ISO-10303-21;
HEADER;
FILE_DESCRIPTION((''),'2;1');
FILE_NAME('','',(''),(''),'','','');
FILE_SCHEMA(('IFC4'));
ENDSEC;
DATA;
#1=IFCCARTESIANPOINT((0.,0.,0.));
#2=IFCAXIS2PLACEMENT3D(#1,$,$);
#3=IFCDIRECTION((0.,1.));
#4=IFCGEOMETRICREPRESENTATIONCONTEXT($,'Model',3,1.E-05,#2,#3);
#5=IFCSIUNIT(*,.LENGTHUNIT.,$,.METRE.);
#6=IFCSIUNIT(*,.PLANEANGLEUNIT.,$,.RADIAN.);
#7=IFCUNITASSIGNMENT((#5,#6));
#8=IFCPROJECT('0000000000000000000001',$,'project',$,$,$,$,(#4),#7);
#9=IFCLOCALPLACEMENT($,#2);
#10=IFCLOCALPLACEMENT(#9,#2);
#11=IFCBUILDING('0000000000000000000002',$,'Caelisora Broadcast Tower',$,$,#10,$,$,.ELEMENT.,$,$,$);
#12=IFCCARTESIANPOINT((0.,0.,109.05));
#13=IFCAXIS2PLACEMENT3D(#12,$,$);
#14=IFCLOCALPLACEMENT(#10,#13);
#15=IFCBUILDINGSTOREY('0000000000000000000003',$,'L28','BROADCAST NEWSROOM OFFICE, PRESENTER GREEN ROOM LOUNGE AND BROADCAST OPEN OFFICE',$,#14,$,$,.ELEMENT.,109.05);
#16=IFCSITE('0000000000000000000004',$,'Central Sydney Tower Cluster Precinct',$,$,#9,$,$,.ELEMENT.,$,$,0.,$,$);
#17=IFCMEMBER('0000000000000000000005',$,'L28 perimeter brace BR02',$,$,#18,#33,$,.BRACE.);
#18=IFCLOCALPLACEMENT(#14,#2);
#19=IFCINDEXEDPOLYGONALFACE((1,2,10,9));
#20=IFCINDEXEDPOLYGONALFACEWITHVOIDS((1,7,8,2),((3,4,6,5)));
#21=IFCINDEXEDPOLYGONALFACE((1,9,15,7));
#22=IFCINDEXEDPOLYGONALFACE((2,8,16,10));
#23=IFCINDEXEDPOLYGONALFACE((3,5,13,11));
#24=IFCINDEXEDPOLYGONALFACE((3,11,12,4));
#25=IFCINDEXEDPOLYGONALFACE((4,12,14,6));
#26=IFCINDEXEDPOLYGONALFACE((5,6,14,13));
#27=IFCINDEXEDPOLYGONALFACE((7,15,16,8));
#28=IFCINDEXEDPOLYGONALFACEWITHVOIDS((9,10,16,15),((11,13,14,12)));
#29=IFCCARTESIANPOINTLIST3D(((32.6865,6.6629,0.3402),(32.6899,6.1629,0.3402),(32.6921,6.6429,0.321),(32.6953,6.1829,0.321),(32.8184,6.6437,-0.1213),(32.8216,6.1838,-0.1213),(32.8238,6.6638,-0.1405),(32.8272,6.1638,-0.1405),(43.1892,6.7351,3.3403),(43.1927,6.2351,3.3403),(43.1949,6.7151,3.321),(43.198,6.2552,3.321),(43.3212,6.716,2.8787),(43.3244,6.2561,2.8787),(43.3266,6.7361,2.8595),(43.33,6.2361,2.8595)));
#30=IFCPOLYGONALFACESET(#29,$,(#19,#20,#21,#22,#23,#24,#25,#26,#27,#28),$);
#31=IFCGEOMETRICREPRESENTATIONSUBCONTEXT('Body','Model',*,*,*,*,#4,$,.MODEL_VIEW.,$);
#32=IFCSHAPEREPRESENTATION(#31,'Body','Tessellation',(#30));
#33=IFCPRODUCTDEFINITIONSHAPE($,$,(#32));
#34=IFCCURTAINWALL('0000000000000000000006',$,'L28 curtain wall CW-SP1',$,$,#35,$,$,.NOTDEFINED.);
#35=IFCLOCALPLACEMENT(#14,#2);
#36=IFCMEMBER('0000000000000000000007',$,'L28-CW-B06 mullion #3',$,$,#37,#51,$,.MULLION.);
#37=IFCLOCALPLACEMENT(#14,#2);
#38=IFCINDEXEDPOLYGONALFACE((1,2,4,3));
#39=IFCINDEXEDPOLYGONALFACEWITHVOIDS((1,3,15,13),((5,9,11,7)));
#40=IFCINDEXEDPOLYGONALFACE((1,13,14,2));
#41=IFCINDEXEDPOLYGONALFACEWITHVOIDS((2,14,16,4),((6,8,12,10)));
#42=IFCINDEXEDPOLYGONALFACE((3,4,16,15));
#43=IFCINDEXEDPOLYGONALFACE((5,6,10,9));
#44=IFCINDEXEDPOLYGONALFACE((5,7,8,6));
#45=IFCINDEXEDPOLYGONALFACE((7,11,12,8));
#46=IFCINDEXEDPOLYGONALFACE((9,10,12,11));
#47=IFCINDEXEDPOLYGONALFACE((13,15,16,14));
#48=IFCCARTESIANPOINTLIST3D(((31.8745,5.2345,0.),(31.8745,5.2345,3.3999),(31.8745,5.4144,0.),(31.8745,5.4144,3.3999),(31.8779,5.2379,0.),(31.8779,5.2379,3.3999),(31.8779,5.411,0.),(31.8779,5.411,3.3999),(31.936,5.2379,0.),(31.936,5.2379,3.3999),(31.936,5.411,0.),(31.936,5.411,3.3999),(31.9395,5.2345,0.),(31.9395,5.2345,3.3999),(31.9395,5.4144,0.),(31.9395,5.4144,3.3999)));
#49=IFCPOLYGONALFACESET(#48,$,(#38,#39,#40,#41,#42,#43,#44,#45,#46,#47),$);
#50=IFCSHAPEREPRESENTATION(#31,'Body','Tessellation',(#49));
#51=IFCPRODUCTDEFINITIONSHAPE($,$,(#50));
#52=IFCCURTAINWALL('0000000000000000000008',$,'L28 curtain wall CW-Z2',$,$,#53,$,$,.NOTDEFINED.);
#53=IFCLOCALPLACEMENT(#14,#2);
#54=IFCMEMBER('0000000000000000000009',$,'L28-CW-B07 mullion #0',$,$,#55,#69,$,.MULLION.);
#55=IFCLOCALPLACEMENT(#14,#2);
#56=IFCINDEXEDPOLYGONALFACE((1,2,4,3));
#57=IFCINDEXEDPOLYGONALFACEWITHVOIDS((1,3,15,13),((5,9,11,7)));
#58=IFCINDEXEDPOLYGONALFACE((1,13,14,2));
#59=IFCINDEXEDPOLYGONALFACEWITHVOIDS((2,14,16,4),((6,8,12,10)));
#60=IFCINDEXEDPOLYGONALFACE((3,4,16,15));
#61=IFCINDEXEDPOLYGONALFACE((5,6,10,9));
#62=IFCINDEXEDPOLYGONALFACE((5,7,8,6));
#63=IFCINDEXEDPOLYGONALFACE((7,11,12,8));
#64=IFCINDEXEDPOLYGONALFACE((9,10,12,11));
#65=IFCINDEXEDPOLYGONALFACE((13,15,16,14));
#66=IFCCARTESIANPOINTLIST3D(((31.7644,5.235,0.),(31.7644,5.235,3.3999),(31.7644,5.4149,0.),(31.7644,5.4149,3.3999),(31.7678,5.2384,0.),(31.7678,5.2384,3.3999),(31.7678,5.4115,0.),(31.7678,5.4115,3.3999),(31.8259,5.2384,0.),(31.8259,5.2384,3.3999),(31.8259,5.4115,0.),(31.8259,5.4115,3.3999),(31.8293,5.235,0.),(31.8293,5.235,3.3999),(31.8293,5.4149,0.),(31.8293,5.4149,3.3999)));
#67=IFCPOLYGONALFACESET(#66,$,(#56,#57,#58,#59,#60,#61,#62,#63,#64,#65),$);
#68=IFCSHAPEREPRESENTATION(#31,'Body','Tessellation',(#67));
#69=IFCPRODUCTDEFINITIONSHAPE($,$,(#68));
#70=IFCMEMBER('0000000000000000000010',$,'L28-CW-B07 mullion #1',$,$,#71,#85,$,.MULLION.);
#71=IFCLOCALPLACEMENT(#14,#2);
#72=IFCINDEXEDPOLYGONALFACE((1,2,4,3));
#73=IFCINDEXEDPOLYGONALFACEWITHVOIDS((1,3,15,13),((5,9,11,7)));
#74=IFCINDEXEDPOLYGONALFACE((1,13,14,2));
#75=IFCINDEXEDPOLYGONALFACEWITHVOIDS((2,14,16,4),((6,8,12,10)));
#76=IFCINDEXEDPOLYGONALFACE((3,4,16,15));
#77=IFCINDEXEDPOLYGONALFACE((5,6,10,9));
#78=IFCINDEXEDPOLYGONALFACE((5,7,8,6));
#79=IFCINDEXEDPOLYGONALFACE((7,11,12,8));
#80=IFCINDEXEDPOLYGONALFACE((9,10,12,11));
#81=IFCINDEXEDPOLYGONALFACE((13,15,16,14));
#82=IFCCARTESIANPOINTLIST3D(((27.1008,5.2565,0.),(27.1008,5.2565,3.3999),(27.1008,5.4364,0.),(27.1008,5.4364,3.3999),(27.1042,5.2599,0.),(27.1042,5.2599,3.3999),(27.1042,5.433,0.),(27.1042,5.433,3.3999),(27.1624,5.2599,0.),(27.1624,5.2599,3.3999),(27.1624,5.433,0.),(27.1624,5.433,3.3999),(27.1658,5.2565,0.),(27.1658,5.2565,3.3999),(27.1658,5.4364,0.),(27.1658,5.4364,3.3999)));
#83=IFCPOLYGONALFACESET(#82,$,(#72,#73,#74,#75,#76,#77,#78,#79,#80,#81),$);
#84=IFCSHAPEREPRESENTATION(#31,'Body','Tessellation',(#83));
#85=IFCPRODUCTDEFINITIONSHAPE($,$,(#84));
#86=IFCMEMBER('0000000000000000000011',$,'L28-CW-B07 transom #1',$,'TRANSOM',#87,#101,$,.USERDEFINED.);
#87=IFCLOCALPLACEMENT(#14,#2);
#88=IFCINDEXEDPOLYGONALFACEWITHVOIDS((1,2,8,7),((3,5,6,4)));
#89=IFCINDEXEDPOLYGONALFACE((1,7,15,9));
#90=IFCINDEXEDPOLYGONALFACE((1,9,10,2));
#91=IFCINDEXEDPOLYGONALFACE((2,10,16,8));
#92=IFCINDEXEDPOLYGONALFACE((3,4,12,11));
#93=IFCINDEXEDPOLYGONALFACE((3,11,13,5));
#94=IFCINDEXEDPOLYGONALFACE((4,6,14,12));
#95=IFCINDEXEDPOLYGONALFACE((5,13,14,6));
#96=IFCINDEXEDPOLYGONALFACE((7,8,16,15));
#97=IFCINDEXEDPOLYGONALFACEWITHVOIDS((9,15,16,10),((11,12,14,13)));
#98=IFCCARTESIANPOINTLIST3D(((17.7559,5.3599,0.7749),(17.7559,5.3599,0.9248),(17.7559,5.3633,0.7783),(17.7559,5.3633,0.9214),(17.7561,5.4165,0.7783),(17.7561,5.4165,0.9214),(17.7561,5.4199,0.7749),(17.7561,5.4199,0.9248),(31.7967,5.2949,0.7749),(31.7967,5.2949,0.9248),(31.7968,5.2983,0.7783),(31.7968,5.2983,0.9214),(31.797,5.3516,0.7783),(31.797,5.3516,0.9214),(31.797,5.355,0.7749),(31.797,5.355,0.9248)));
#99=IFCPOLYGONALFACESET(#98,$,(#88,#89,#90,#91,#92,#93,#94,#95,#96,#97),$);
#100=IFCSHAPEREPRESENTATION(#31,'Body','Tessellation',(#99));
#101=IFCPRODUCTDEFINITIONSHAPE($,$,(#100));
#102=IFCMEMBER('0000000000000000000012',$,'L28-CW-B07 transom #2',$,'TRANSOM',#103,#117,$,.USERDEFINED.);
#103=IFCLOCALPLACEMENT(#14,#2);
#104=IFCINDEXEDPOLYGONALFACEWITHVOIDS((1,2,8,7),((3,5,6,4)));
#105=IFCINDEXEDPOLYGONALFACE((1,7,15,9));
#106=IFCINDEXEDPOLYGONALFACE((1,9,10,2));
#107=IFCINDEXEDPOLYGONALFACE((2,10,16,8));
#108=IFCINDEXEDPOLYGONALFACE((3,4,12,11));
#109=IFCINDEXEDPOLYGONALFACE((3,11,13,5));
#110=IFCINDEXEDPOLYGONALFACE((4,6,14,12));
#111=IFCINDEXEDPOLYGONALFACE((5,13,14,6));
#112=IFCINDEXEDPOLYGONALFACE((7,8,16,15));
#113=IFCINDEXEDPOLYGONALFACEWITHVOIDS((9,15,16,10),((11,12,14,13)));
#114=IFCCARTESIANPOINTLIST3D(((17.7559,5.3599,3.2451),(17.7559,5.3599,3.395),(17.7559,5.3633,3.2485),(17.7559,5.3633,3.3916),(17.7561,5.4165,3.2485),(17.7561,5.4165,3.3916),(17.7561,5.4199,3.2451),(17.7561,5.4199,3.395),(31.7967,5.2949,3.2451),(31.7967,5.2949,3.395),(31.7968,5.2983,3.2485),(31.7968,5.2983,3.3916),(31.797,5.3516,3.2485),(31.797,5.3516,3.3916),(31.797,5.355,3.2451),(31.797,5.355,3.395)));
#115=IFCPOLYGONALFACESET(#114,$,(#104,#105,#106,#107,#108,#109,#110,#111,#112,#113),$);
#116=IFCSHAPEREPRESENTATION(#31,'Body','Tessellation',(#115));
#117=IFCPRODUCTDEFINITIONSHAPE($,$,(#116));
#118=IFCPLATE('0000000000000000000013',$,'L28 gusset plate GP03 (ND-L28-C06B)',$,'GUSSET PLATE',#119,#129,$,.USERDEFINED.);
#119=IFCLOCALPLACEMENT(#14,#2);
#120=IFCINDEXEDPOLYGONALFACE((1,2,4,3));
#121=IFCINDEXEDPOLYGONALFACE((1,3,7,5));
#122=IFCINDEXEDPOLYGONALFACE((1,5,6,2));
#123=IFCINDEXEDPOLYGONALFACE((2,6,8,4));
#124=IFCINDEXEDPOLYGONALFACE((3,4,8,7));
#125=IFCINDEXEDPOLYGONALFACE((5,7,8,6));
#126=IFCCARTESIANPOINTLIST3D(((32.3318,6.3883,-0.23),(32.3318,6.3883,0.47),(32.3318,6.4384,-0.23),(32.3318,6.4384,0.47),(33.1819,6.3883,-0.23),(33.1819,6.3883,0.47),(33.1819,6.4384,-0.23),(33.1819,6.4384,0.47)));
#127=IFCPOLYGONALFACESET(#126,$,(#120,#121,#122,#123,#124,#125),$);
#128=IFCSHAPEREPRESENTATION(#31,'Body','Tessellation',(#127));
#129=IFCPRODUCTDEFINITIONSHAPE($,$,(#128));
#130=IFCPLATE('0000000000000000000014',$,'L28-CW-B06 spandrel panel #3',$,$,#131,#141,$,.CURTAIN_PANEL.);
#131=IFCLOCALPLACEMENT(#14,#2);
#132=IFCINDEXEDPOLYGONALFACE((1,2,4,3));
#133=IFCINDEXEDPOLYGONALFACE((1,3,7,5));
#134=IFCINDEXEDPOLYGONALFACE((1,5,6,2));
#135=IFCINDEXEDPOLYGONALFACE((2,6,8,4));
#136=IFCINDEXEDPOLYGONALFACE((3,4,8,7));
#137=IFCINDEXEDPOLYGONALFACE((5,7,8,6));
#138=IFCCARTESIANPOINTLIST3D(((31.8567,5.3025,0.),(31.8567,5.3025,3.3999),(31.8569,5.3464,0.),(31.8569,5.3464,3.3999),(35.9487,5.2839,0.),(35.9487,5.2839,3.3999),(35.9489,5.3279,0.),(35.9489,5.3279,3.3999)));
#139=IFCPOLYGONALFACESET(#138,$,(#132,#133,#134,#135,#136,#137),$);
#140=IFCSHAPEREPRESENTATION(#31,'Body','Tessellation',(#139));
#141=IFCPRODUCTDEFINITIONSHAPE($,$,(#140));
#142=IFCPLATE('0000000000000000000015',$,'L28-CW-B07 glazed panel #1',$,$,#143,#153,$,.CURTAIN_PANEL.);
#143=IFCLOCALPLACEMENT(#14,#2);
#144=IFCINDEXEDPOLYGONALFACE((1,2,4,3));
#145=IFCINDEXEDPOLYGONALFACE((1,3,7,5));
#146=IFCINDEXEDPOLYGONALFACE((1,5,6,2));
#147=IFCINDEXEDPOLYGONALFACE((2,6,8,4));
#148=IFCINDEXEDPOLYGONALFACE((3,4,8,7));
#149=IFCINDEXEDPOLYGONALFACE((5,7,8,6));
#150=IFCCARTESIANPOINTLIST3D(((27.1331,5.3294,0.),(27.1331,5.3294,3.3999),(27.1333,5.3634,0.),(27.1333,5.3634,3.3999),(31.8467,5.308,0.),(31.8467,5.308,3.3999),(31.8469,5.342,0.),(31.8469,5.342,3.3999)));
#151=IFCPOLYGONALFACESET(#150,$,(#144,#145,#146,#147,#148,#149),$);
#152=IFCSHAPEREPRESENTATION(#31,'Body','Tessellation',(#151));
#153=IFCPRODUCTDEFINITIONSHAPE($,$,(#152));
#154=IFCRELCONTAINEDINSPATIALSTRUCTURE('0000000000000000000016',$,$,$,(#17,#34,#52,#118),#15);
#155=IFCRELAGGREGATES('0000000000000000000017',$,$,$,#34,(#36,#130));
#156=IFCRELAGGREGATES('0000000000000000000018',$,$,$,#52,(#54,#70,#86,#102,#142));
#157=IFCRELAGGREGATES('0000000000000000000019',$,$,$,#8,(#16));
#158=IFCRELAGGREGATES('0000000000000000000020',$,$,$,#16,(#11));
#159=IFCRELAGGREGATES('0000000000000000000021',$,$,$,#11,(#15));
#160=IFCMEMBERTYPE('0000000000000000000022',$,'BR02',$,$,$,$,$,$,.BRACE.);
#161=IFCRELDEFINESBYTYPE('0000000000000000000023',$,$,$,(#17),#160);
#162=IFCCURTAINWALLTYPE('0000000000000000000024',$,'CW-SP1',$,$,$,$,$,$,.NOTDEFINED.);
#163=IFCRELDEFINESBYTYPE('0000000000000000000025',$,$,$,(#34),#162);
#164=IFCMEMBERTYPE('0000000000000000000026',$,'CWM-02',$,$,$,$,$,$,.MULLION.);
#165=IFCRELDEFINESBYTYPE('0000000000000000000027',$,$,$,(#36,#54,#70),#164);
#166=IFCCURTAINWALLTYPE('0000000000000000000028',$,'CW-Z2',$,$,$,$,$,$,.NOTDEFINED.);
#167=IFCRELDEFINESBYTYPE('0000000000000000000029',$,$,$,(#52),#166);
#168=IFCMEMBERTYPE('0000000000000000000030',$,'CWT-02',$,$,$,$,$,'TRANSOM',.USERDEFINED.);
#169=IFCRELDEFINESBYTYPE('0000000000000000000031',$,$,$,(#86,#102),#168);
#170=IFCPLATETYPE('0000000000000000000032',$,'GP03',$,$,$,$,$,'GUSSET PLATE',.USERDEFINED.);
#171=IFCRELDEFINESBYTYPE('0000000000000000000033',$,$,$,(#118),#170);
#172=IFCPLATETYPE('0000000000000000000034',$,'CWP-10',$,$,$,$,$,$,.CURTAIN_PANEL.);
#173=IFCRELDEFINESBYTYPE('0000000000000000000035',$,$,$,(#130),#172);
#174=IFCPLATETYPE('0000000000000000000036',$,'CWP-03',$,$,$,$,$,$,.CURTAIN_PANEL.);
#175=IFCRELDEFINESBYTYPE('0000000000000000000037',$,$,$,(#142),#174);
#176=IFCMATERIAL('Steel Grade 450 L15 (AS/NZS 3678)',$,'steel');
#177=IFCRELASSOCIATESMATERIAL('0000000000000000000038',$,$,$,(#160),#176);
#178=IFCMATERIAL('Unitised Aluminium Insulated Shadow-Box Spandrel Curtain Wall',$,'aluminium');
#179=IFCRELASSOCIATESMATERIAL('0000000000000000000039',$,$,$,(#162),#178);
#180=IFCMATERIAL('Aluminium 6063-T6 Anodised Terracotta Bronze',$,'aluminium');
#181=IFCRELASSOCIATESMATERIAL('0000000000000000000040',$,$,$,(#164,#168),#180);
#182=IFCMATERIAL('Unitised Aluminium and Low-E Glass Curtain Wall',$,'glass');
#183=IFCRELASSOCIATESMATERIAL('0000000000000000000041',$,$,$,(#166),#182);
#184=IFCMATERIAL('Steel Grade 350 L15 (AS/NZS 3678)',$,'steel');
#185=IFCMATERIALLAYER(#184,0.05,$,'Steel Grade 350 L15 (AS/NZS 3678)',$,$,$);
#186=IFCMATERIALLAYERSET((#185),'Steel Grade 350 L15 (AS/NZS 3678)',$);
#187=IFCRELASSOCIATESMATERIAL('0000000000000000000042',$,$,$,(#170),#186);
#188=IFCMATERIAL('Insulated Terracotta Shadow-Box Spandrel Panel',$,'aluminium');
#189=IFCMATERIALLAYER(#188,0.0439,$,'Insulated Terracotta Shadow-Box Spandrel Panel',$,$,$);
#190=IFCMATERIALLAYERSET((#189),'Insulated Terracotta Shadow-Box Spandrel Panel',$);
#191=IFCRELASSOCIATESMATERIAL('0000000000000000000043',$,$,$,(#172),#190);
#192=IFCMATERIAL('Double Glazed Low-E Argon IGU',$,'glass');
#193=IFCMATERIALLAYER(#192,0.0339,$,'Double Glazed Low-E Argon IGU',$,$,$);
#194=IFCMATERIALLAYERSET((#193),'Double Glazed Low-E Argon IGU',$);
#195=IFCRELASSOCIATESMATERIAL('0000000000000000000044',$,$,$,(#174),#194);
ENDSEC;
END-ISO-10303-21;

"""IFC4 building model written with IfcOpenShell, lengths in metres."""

from ifc_helpers import new_model, si_unit, direction, frame, origin, origin_2d, place, context, subcontext, project, spatial, rectangle, hollow_rectangle, extrude, source, transform, mapped, material, layer, layer_set, material_profile, profile_set, type_object, type_shapes, element, aggregate, save


model = new_model("IFC4")

# Units and contexts
model_context = context("Model", 3, precision=1e-05, world=origin(), true_north=direction((0.0, 1.0)))
body_context = subcontext(model_context, "Body", "Model", "MODEL_VIEW")
ifc_project = project(units=[si_unit("LENGTHUNIT", "METRE"), si_unit("PLANEANGLEUNIT", "RADIAN")], contexts=[model_context])

# Site, building, storey
site_placement = place(None, origin())
site = spatial("IfcSite", under=ifc_project, at=site_placement, Name="Central Sydney Tower Cluster Precinct", CompositionType="ELEMENT", RefElevation=0.0)
building_placement = place(site_placement, origin())
building = spatial("IfcBuilding", under=site, at=building_placement, Name="Caelisora Broadcast Tower", CompositionType="ELEMENT")
storey_placement = place(building_placement, frame((0.0, 0.0, 109.05)))
storey = spatial("IfcBuildingStorey", under=building, at=storey_placement, Name="L28", Description="BROADCAST NEWSROOM OFFICE, PRESENTER GREEN ROOM LOUNGE AND BROADCAST OPEN OFFICE", CompositionType="ELEMENT", Elevation=109.05)

# Shared definitions
ifc_material_1 = material(Name="Steel Grade 350 L15 (AS/NZS 3678)", Category="steel")

# Member
ifc_material_2 = material(Name="Steel Grade 450 L15 (AS/NZS 3678)", Category="steel")
ifc_material_profile_1 = material_profile(ifc_material_2, hollow_rectangle(XDim=0.5, YDim=0.5, WallThickness=0.02, at=origin_2d()), Name="Steel Grade 450 L15 (AS/NZS 3678)")
ifc_profile_set_1 = profile_set([ifc_material_profile_1], Name="Steel Grade 450 L15 (AS/NZS 3678)")
member_type_1 = type_object("IfcMemberType", Name="BR02", PredefinedType="BRACE", material=ifc_profile_set_1)
shared_shape_1 = source(origin(), body_context, "Body", "SweptSolid", [
    extrude(hollow_rectangle(XDim=0.5, YDim=0.5, WallThickness=0.02, at=origin_2d()), origin(), (0.0, 0.0, 1.0), 10.9231),
])
type_shapes(member_type_1, [shared_shape_1])
member_1_placement = place(storey_placement, frame((32.7568, 6.4133, 0.0999), z_axis=(0.961521, 0.006616, 0.27465), x_axis=(-0.006881, 0.999976, 0.0)))
element("IfcMember", 1, at=member_1_placement, inside=storey, type_object=member_type_1, Name="L28 perimeter brace BR02", PredefinedType="BRACE", context=body_context, shape_type="MappedRepresentation", body=[
    mapped(shared_shape_1, transform((0.0, 0.0, 0.0), scale=1.0)),
])

# Curtain wall, member
ifc_material_3 = material(Name="Unitised Aluminium Insulated Shadow-Box Spandrel Curtain Wall", Category="aluminium")
curtain_wall_type_1 = type_object("IfcCurtainWallType", Name="CW-SP1", PredefinedType="NOTDEFINED", material=ifc_material_3)
curtain_wall_1_placement = place(storey_placement, origin())
curtain_wall_1 = element("IfcCurtainWall", 2, at=curtain_wall_1_placement, inside=storey, type_object=curtain_wall_type_1, Name="L28 curtain wall CW-SP1", PredefinedType="NOTDEFINED")
ifc_material_4 = material(Name="Aluminium 6063-T6 Anodised Terracotta Bronze", Category="aluminium")
ifc_material_profile_2 = material_profile(ifc_material_4, hollow_rectangle(XDim=0.0649, YDim=0.1799, WallThickness=0.0034, at=origin_2d()), Name="Aluminium 6063-T6 Anodised Terracotta Bronze")
ifc_profile_set_2 = profile_set([ifc_material_profile_2], Name="Aluminium 6063-T6 Anodised Terracotta Bronze")
member_type_2 = type_object("IfcMemberType", Name="CWM-02", PredefinedType="MULLION", material=ifc_profile_set_2)
shared_shape_2 = source(origin(), body_context, "Body", "SweptSolid", [
    extrude(hollow_rectangle(XDim=0.0649, YDim=0.1799, WallThickness=0.0034, at=origin_2d()), origin(), (0.0, 0.0, 1.0), 3.3999),
])
type_shapes(member_type_2, [shared_shape_2])
member_2_placement = place(storey_placement, frame((31.907, 5.3245, 0.0), z_axis=(0.0, 0.0, 1.0), x_axis=(1.0, 0.0, 0.0)))
member_2 = element("IfcMember", 3, at=member_2_placement, type_object=member_type_2, Name="L28-CW-B06 mullion #3", PredefinedType="MULLION", context=body_context, shape_type="MappedRepresentation", body=[
    mapped(shared_shape_2, transform((0.0, 0.0, 0.0), scale=1.0)),
])

# Curtain wall, members
ifc_material_5 = material(Name="Unitised Aluminium and Low-E Glass Curtain Wall", Category="glass")
curtain_wall_type_2 = type_object("IfcCurtainWallType", Name="CW-Z2", PredefinedType="NOTDEFINED", material=ifc_material_5)
curtain_wall_2_placement = place(storey_placement, origin())
curtain_wall_2 = element("IfcCurtainWall", 4, at=curtain_wall_2_placement, inside=storey, type_object=curtain_wall_type_2, Name="L28 curtain wall CW-Z2", PredefinedType="NOTDEFINED")
member_3_placement = place(storey_placement, frame((31.7969, 5.325, 0.0), z_axis=(0.0, 0.0, 1.0), x_axis=(1.0, 0.0, 0.0)))
member_3 = element("IfcMember", 5, at=member_3_placement, type_object=member_type_2, Name="L28-CW-B07 mullion #0", PredefinedType="MULLION", context=body_context, shape_type="MappedRepresentation", body=[
    mapped(shared_shape_2, transform((0.0, 0.0, 0.0), scale=1.0)),
])
member_4_placement = place(storey_placement, frame((27.1333, 5.3464, 0.0), z_axis=(0.0, 0.0, 1.0), x_axis=(1.0, 0.0, 0.0)))
member_4 = element("IfcMember", 6, at=member_4_placement, type_object=member_type_2, Name="L28-CW-B07 mullion #1", PredefinedType="MULLION", context=body_context, shape_type="MappedRepresentation", body=[
    mapped(shared_shape_2, transform((0.0, 0.0, 0.0), scale=1.0)),
])
ifc_material_profile_3 = material_profile(ifc_material_4, hollow_rectangle(XDim=0.0601, YDim=0.1499, WallThickness=0.0034, at=origin_2d()), Name="Aluminium 6063-T6 Anodised Terracotta Bronze")
ifc_profile_set_3 = profile_set([ifc_material_profile_3], Name="Aluminium 6063-T6 Anodised Terracotta Bronze")
member_type_3 = type_object("IfcMemberType", Name="CWT-02", ElementType="TRANSOM", PredefinedType="USERDEFINED", material=ifc_profile_set_3)
shared_shape_3 = source(origin(), body_context, "Body", "SweptSolid", [
    extrude(hollow_rectangle(XDim=0.0601, YDim=0.1499, WallThickness=0.0034, at=origin_2d()), origin(), (0.0, 0.0, 1.0), 14.041),
])
type_shapes(member_type_3, [shared_shape_3])
member_5_placement = place(storey_placement, frame((31.7969, 5.325, 0.8499), z_axis=(-0.999989, 0.004625, 0.0), x_axis=(-0.004625, -0.999989, 0.0)))
member_5 = element("IfcMember", 7, at=member_5_placement, type_object=member_type_3, Name="L28-CW-B07 transom #1", ObjectType="TRANSOM", PredefinedType="USERDEFINED", context=body_context, shape_type="MappedRepresentation", body=[
    mapped(shared_shape_3, transform((0.0, 0.0, 0.0), scale=1.0)),
])
member_6_placement = place(storey_placement, frame((31.7969, 5.325, 3.3201), z_axis=(-0.999989, 0.004625, 0.0), x_axis=(-0.004625, -0.999989, 0.0)))
member_6 = element("IfcMember", 8, at=member_6_placement, type_object=member_type_3, Name="L28-CW-B07 transom #2", ObjectType="TRANSOM", PredefinedType="USERDEFINED", context=body_context, shape_type="MappedRepresentation", body=[
    mapped(shared_shape_3, transform((0.0, 0.0, 0.0), scale=1.0)),
])

# Plates
ifc_layer_1 = layer(ifc_material_1, 0.05, Name="Steel Grade 350 L15 (AS/NZS 3678)")
ifc_layer_set_1 = layer_set([ifc_layer_1], Name="Steel Grade 350 L15 (AS/NZS 3678)")
plate_type_1 = type_object("IfcPlateType", Name="GP03", ElementType="GUSSET PLATE", PredefinedType="USERDEFINED", material=ifc_layer_set_1)
shared_shape_4 = source(origin(), body_context, "Body", "SweptSolid", [
    extrude(rectangle(XDim=0.8501, YDim=0.05, at=origin_2d()), origin(), (0.0, 0.0, 1.0), 0.7),
])
type_shapes(plate_type_1, [shared_shape_4])
plate_1_placement = place(storey_placement, frame((32.7568, 6.4133, -0.23), z_axis=(0.0, 0.0, 1.0), x_axis=(1.0, 0.0, 0.0)))
element("IfcPlate", 9, at=plate_1_placement, inside=storey, type_object=plate_type_1, Name="L28 gusset plate GP03 (ND-L28-C06B)", ObjectType="GUSSET PLATE", PredefinedType="USERDEFINED", context=body_context, shape_type="MappedRepresentation", body=[
    mapped(shared_shape_4, transform((0.0, 0.0, 0.0), scale=1.0)),
])
ifc_material_6 = material(Name="Insulated Terracotta Shadow-Box Spandrel Panel", Category="aluminium")
ifc_layer_2 = layer(ifc_material_6, 0.0439, Name="Insulated Terracotta Shadow-Box Spandrel Panel")
ifc_layer_set_2 = layer_set([ifc_layer_2], Name="Insulated Terracotta Shadow-Box Spandrel Panel")
plate_type_2 = type_object("IfcPlateType", Name="CWP-10", PredefinedType="CURTAIN_PANEL", material=ifc_layer_set_2)
shared_shape_5 = source(origin(), body_context, "Body", "SweptSolid", [
    extrude(rectangle(XDim=4.092, YDim=0.0439, at=origin_2d()), origin(), (0.0, 0.0, 1.0), 3.3999),
])
type_shapes(plate_type_2, [shared_shape_5])
plate_2_placement = place(storey_placement, frame((33.9028, 5.3152, 0.0), z_axis=(0.0, 0.0, 1.0), x_axis=(-0.99999, 0.004538, 0.0)))
plate_2 = element("IfcPlate", 10, at=plate_2_placement, type_object=plate_type_2, Name="L28-CW-B06 spandrel panel #3", PredefinedType="CURTAIN_PANEL", context=body_context, shape_type="MappedRepresentation", body=[
    mapped(shared_shape_5, transform((0.0, 0.0, 0.0), scale=1.0)),
])
aggregate(curtain_wall_1, [member_2, plate_2])
ifc_material_7 = material(Name="Double Glazed Low-E Argon IGU", Category="glass")
ifc_layer_3 = layer(ifc_material_7, 0.0339, Name="Double Glazed Low-E Argon IGU")
ifc_layer_set_3 = layer_set([ifc_layer_3], Name="Double Glazed Low-E Argon IGU")
plate_type_3 = type_object("IfcPlateType", Name="CWP-03", PredefinedType="CURTAIN_PANEL", material=ifc_layer_set_3)
shared_shape_6 = source(origin(), body_context, "Body", "SweptSolid", [
    extrude(rectangle(XDim=4.7136, YDim=0.0339, at=origin_2d()), origin(), (0.0, 0.0, 1.0), 3.3999),
])
type_shapes(plate_type_3, [shared_shape_6])
plate_3_placement = place(storey_placement, frame((29.49, 5.3357, 0.0), z_axis=(0.0, 0.0, 1.0), x_axis=(-0.99999, 0.004538, 0.0)))
plate_3 = element("IfcPlate", 11, at=plate_3_placement, type_object=plate_type_3, Name="L28-CW-B07 glazed panel #1", PredefinedType="CURTAIN_PANEL", context=body_context, shape_type="MappedRepresentation", body=[
    mapped(shared_shape_6, transform((0.0, 0.0, 0.0), scale=1.0)),
])
aggregate(curtain_wall_2, [member_3, member_4, member_5, member_6, plate_3])

save(model, "model.ifc")
